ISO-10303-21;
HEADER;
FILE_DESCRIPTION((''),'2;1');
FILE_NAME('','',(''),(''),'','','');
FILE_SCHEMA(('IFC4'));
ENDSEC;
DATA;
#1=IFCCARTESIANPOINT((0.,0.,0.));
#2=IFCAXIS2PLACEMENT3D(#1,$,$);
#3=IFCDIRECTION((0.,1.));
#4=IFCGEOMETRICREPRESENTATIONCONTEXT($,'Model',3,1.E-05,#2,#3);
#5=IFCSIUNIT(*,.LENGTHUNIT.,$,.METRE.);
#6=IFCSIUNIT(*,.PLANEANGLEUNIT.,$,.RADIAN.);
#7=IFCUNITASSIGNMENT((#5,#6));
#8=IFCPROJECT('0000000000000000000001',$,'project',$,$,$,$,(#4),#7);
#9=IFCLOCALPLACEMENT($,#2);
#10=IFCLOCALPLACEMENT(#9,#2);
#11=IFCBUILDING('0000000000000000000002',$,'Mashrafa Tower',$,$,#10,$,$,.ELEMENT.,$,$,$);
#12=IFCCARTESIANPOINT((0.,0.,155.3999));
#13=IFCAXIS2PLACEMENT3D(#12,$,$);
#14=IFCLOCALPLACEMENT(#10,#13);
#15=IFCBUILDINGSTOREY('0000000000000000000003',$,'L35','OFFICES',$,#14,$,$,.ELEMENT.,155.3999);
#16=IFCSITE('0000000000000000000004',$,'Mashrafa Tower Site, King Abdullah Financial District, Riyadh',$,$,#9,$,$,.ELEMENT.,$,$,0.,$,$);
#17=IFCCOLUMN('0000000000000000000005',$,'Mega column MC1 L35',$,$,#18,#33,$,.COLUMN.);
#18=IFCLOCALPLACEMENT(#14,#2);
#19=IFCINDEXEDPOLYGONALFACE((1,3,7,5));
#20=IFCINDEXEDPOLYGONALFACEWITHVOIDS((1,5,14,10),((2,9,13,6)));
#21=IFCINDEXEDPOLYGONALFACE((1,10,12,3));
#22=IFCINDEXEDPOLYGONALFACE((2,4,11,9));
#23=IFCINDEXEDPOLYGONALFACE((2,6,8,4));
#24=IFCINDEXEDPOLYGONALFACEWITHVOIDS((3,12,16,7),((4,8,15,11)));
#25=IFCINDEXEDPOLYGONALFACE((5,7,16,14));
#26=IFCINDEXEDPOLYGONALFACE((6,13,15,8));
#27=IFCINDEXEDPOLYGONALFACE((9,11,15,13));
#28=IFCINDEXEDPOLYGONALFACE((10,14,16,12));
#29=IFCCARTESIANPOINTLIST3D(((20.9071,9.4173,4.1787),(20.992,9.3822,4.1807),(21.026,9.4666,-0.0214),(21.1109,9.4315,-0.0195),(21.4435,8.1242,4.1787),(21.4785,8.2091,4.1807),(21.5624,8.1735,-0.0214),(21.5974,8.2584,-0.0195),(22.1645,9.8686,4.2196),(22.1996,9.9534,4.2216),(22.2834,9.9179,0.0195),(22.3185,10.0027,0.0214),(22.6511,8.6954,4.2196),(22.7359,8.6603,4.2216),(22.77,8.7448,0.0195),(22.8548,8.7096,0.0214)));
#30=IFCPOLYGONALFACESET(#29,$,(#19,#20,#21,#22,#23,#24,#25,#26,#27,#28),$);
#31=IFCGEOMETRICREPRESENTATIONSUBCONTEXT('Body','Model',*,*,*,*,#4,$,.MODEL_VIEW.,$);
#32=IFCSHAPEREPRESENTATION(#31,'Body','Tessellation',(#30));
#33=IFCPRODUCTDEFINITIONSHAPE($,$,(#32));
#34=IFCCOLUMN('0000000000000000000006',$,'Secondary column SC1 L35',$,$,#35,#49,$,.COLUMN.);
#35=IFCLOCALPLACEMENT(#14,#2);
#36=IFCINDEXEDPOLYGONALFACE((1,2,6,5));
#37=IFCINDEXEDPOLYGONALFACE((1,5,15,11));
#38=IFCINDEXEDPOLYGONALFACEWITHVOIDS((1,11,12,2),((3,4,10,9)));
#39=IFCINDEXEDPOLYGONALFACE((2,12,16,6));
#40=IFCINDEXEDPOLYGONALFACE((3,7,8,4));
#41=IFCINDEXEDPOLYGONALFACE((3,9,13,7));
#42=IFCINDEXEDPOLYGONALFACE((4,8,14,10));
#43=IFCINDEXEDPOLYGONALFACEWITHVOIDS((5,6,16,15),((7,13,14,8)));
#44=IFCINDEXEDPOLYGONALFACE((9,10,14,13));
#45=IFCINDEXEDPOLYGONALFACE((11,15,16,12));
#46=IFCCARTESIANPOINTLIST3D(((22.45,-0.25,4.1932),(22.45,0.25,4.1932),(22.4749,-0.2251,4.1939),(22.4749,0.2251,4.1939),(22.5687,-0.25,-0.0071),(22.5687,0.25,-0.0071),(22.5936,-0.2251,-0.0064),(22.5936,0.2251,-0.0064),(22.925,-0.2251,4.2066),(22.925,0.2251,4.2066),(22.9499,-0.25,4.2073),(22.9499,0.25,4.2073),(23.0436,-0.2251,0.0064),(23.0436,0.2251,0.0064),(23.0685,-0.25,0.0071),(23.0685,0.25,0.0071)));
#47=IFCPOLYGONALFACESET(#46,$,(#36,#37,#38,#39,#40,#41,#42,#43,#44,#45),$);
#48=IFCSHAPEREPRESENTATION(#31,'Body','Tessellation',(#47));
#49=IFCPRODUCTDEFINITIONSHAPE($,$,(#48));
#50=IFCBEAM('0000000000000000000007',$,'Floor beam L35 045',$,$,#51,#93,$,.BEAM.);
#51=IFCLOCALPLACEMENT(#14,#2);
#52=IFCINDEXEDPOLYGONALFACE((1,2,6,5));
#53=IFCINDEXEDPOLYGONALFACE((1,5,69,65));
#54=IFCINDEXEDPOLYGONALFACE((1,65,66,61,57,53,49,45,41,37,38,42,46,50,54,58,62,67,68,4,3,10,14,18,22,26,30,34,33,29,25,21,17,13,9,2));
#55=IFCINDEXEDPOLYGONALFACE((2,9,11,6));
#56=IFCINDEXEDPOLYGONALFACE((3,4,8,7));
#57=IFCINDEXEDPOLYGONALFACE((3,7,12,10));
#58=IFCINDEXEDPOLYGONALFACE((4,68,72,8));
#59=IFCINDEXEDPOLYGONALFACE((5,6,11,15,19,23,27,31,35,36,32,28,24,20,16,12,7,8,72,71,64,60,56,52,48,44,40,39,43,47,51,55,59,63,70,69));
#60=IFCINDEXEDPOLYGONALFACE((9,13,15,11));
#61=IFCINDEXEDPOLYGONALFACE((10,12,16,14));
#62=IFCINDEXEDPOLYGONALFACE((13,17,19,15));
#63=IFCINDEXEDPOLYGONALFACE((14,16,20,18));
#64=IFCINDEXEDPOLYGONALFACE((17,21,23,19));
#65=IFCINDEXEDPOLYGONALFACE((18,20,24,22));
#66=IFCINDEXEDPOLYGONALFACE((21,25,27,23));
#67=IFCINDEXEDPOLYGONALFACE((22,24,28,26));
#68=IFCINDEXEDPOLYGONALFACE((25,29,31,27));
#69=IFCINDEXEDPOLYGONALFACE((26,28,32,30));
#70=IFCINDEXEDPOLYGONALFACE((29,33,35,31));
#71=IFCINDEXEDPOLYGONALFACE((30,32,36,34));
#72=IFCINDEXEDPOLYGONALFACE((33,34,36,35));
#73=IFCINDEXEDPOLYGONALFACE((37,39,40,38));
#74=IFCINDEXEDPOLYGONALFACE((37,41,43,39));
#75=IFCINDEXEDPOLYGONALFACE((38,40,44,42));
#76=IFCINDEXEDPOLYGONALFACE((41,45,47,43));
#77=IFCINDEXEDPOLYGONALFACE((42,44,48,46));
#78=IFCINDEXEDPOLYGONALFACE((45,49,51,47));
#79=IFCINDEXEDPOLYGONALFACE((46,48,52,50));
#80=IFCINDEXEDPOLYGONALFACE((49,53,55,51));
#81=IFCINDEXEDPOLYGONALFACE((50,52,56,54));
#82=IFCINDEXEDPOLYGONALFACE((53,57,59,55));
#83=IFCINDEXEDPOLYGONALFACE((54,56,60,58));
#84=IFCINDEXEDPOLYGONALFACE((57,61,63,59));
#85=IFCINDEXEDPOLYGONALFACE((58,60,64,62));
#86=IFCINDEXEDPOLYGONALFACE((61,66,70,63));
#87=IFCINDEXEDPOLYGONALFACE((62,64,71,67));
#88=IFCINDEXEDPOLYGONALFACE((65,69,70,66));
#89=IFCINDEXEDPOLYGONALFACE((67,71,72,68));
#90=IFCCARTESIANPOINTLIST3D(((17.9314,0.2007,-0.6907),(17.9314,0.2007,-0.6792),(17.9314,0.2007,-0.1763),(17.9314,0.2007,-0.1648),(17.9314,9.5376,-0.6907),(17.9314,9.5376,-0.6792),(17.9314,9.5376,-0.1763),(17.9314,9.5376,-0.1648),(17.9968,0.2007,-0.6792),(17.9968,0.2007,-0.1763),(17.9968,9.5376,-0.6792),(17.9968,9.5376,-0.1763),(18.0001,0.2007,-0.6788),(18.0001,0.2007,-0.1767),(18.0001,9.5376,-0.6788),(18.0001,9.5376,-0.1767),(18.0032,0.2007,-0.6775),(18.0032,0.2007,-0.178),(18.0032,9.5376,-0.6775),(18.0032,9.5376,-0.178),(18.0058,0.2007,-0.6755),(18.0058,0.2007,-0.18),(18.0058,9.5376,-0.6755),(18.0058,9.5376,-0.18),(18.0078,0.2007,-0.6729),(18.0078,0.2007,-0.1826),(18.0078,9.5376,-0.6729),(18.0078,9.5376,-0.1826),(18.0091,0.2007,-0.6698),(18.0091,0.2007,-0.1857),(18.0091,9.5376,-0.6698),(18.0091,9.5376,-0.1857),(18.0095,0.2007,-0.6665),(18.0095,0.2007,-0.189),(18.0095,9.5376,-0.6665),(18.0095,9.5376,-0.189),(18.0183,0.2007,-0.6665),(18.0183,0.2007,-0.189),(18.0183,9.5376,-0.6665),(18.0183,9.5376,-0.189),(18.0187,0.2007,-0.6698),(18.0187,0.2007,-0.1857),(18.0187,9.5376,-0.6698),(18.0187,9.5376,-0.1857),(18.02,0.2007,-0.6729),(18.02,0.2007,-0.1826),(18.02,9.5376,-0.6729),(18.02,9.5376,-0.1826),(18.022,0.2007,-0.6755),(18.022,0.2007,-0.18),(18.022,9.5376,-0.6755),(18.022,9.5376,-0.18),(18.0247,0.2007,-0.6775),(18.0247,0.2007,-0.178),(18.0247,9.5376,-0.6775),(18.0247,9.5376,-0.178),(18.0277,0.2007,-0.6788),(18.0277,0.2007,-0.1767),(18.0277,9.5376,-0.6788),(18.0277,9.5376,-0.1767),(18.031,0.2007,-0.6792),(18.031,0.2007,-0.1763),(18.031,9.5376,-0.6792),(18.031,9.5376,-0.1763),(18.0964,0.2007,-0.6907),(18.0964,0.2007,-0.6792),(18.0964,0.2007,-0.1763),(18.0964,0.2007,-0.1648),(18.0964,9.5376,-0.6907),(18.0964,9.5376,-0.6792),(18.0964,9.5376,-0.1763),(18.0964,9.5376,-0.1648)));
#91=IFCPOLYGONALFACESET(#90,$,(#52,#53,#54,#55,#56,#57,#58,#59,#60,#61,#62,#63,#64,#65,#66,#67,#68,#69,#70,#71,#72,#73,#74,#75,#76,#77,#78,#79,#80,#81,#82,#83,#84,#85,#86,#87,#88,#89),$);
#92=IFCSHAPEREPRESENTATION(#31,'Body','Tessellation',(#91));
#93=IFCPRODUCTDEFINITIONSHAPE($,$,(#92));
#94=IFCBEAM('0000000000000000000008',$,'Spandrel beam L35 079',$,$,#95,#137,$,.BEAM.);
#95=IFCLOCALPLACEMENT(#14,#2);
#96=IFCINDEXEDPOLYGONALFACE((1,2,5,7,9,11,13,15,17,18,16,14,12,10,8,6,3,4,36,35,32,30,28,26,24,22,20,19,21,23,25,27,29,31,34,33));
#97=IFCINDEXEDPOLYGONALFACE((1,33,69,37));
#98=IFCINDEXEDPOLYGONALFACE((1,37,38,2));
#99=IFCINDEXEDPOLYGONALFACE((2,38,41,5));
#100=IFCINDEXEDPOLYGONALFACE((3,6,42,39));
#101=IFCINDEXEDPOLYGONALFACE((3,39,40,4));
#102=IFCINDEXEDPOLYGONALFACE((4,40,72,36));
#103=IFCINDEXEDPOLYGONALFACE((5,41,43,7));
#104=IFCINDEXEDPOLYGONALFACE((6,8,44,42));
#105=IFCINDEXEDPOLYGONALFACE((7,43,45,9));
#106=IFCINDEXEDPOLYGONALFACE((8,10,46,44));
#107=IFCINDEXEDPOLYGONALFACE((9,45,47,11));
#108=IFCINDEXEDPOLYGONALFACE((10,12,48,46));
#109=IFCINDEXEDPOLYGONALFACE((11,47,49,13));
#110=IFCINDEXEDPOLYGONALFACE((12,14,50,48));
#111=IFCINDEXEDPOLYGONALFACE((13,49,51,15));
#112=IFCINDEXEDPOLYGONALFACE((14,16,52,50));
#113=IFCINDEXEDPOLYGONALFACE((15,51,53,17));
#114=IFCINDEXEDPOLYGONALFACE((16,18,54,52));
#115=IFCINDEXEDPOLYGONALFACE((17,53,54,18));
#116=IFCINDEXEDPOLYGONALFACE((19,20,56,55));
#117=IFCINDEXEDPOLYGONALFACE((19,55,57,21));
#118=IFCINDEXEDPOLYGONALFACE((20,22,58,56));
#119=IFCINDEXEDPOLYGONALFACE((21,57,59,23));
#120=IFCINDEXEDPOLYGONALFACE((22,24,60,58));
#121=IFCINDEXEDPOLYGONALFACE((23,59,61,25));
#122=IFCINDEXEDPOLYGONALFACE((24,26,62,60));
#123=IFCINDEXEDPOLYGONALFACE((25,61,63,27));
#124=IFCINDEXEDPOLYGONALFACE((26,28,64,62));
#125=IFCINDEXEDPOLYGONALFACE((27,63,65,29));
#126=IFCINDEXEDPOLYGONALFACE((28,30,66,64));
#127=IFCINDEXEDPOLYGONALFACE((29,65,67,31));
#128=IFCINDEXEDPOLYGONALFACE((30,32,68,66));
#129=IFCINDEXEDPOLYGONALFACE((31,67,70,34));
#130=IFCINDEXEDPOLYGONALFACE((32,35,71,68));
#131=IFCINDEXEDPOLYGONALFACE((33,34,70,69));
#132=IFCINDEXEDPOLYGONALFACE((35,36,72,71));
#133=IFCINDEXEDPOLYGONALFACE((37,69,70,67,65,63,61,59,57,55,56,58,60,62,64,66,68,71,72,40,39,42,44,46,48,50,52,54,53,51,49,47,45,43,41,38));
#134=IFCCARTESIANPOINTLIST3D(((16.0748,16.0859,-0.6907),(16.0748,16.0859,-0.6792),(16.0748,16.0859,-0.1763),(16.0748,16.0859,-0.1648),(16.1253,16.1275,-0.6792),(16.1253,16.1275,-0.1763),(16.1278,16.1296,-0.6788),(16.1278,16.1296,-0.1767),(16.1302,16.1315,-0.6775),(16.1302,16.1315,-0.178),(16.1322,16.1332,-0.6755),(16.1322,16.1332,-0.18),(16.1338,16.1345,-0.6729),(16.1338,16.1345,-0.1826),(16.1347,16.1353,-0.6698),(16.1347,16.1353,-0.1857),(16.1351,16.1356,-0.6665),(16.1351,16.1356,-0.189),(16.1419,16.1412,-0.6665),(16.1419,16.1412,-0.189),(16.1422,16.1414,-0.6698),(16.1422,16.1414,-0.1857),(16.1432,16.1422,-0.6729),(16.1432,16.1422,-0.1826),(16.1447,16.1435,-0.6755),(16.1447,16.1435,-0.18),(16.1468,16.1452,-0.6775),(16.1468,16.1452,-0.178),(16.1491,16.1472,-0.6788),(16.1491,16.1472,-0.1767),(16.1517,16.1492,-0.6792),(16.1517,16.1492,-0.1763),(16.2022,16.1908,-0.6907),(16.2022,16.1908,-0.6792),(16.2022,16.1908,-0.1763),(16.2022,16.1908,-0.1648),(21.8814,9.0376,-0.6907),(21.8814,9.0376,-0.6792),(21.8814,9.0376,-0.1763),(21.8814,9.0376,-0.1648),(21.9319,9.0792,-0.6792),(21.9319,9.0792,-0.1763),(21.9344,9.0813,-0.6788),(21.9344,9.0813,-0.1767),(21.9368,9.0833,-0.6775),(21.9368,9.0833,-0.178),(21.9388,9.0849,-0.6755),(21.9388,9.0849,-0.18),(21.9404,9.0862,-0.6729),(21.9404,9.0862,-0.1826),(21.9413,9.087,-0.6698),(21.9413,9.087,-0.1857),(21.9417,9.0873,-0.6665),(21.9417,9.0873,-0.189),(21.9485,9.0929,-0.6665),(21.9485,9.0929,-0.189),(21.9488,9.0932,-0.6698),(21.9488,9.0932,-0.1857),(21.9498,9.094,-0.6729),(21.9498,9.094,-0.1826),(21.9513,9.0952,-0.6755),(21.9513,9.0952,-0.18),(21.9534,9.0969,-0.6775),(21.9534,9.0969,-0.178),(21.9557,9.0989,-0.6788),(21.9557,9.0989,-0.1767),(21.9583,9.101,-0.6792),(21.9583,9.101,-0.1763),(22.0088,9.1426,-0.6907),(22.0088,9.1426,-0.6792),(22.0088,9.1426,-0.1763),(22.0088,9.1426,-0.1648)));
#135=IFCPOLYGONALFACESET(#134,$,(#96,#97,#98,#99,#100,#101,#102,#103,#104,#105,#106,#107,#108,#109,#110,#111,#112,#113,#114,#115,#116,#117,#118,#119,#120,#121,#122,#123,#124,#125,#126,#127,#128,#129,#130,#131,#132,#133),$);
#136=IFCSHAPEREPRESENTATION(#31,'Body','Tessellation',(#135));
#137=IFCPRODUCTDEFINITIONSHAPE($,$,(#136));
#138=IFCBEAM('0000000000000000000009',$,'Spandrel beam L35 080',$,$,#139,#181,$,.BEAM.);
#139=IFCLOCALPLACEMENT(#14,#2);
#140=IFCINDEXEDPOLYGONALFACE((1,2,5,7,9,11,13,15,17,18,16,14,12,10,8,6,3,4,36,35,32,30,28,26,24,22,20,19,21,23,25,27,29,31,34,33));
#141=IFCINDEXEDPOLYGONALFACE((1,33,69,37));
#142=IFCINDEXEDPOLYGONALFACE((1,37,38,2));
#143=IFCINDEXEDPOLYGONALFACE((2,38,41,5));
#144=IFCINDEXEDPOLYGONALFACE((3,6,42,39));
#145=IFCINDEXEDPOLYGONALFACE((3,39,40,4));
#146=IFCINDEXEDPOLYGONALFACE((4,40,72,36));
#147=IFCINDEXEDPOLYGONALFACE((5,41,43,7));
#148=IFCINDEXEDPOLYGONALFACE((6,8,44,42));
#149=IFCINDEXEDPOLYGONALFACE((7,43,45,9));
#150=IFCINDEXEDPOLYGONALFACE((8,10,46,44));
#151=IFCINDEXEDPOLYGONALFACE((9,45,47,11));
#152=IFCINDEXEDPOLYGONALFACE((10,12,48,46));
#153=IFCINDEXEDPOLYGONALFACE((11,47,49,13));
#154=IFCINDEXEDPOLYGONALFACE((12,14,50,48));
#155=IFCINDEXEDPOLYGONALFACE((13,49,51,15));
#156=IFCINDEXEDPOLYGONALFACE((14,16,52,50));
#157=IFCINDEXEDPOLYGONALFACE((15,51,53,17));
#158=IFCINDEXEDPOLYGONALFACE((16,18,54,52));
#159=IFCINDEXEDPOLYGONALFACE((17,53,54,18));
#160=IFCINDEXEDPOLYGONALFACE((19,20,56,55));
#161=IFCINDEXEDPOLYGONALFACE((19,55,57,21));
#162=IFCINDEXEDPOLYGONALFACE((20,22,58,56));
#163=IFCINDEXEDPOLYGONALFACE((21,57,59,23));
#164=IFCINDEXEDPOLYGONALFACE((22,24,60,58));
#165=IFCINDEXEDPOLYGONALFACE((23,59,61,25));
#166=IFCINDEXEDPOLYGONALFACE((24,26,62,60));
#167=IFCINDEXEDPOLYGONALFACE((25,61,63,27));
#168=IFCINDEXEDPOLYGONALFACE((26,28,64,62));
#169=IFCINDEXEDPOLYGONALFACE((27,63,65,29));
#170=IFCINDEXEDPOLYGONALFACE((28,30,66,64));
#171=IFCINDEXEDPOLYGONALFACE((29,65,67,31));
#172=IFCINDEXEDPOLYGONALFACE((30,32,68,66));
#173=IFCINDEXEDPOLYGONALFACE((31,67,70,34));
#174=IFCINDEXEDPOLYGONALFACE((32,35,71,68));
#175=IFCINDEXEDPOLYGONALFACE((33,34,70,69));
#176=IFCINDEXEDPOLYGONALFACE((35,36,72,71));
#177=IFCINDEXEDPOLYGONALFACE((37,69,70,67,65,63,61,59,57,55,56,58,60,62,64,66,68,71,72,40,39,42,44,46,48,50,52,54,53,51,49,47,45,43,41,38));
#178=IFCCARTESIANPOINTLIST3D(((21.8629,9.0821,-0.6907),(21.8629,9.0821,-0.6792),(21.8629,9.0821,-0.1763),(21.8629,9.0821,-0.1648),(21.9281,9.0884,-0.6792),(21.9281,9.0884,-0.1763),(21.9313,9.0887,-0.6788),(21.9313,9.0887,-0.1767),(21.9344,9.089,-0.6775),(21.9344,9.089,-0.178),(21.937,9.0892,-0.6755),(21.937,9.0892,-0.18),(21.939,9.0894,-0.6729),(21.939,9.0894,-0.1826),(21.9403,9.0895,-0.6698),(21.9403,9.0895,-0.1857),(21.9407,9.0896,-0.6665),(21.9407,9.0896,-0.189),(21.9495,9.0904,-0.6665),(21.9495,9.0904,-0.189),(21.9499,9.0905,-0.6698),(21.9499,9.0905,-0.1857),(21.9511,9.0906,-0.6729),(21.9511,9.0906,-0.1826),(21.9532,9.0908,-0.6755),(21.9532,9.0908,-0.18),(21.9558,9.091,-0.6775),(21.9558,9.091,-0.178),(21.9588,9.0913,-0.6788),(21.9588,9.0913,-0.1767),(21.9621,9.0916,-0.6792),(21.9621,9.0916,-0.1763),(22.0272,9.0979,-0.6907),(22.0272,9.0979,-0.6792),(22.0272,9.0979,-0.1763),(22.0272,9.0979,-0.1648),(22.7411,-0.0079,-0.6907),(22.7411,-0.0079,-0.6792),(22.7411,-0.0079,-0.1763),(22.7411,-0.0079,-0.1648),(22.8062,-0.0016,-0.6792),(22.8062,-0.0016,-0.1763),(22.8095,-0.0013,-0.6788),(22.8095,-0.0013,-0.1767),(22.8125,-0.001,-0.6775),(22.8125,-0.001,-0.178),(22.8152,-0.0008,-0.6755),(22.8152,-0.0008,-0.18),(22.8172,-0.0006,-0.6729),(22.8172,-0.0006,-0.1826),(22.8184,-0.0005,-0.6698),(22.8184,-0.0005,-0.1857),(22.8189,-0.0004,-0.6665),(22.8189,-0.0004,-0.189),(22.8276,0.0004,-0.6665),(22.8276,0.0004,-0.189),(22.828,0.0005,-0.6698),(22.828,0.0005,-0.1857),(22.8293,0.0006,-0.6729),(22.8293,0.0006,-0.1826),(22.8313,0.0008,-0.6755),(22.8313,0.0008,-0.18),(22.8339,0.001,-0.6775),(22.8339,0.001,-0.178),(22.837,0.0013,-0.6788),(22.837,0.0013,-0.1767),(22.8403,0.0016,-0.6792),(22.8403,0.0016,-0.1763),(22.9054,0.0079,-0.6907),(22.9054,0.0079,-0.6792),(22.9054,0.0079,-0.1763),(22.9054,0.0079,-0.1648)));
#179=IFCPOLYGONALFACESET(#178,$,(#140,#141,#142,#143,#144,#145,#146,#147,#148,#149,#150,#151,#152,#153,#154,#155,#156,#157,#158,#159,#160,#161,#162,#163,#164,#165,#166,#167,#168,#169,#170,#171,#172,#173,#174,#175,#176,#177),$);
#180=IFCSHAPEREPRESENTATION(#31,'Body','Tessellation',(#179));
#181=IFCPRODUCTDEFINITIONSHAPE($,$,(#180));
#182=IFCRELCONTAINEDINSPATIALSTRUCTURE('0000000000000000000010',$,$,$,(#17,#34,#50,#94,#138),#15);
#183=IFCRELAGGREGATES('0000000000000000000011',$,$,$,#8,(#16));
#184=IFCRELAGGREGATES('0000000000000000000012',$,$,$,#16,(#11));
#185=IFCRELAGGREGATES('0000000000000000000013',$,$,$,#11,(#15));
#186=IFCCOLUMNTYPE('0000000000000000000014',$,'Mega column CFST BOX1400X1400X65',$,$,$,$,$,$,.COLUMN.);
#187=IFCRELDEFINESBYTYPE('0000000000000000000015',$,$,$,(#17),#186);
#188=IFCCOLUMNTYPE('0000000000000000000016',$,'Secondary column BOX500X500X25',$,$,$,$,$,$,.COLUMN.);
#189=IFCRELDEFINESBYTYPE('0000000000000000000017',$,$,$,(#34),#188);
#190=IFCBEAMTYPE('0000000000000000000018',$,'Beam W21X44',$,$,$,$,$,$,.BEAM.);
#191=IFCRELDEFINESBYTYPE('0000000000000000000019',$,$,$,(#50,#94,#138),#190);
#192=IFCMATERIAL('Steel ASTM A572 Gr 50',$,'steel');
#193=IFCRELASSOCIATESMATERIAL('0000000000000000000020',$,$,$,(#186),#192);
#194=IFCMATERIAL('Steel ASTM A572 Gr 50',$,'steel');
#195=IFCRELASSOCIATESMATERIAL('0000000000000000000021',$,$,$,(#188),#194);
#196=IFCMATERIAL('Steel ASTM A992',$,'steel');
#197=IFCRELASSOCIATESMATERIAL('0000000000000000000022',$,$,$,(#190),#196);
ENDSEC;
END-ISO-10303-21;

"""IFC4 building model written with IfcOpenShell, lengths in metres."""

from ifc_helpers import new_model, si_unit, direction, frame, origin, origin_2d, place, context, subcontext, project, spatial, hollow_rectangle, i_section, extrude, material, material_profile, profile_set, type_object, element, save


model = new_model("IFC4")

# Units and contexts
model_context = context("Model", 3, precision=1e-05, world=origin(), true_north=direction((0.0, 1.0)))
body_context = subcontext(model_context, "Body", "Model", "MODEL_VIEW")
ifc_project = project(units=[si_unit("LENGTHUNIT", "METRE"), si_unit("PLANEANGLEUNIT", "RADIAN")], contexts=[model_context])

# Site, building, storey
site_placement = place(None, origin())
site = spatial("IfcSite", under=ifc_project, at=site_placement, Name="Mashrafa Tower Site, King Abdullah Financial District, Riyadh", CompositionType="ELEMENT", RefElevation=0.0)
building_placement = place(site_placement, origin())
building = spatial("IfcBuilding", under=site, at=building_placement, Name="Mashrafa Tower", CompositionType="ELEMENT")
storey_placement = place(building_placement, frame((0.0, 0.0, 155.3999)))
storey = spatial("IfcBuildingStorey", under=building, at=storey_placement, Name="L35", Description="OFFICES", CompositionType="ELEMENT", Elevation=155.3999)

# Columns
ifc_material_1 = material(Name="Steel ASTM A572 Gr 50", Category="steel")
ifc_material_profile_1 = material_profile(ifc_material_1, hollow_rectangle(XDim=1.3999, YDim=1.3999, WallThickness=0.0649, at=origin_2d()), Name="BOX1400X1400X65")
ifc_profile_set_1 = profile_set([ifc_material_profile_1], Name="Steel ASTM A572 Gr 50")
column_type_1 = type_object("IfcColumnType", Name="Mega column CFST BOX1400X1400X65", PredefinedType="COLUMN", material=ifc_profile_set_1)
column_1_placement = place(storey_placement, frame((21.9404, 9.0881, 0.0), z_axis=(-0.028294, -0.011736, 0.999531), x_axis=(0.383133, -0.923693, 0.0)))
element("IfcColumn", 1, at=column_1_placement, inside=storey, type_object=column_type_1, Name="Mega column MC1 L35", PredefinedType="COLUMN", context=body_context, shape_type="SweptSolid", body=[
    extrude(hollow_rectangle(XDim=1.3999, YDim=1.3999, WallThickness=0.0649, at=origin_2d()), origin(), (0.0, 0.0, 1.0), 4.2021),
])
ifc_material_2 = material(Name="Steel ASTM A572 Gr 50", Category="steel")
ifc_material_profile_2 = material_profile(ifc_material_2, hollow_rectangle(XDim=0.5, YDim=0.5, WallThickness=0.0249, at=origin_2d()), Name="BOX500X500X25")
ifc_profile_set_2 = profile_set([ifc_material_profile_2], Name="Steel ASTM A572 Gr 50")
column_type_2 = type_object("IfcColumnType", Name="Secondary column BOX500X500X25", PredefinedType="COLUMN", material=ifc_profile_set_2)
column_2_placement = place(storey_placement, frame((22.8186, 0.0, 0.0), z_axis=(-0.028238, 0.0, 0.999601), x_axis=(0.0, -1.0, 0.0)))
element("IfcColumn", 2, at=column_2_placement, inside=storey, type_object=column_type_2, Name="Secondary column SC1 L35", PredefinedType="COLUMN", context=body_context, shape_type="SweptSolid", body=[
    extrude(hollow_rectangle(XDim=0.5, YDim=0.5, WallThickness=0.0249, at=origin_2d()), origin(), (0.0, 0.0, 1.0), 4.2019),
])

# Beams
ifc_material_3 = material(Name="Steel ASTM A992", Category="steel")
ifc_material_profile_3 = material_profile(ifc_material_3, i_section(OverallWidth=0.165, OverallDepth=0.5259, WebThickness=0.0088, FlangeThickness=0.0115, FilletRadius=0.0127, at=origin_2d()), Name="W21X44")
ifc_profile_set_3 = profile_set([ifc_material_profile_3], Name="Steel ASTM A992")
beam_type_1 = type_object("IfcBeamType", Name="Beam W21X44", PredefinedType="BEAM", material=ifc_profile_set_3)
beam_1_placement = place(storey_placement, frame((18.0139, 9.5376, -0.4277), z_axis=(0.0, -1.0, 0.0), x_axis=(1.0, 0.0, 0.0)))
element("IfcBeam", 3, at=beam_1_placement, inside=storey, type_object=beam_type_1, Name="Floor beam L35 045", PredefinedType="BEAM", context=body_context, shape_type="SweptSolid", body=[
    extrude(i_section(OverallWidth=0.165, OverallDepth=0.5259, WebThickness=0.0088, FlangeThickness=0.0115, FilletRadius=0.0127, at=origin_2d()), origin(), (0.0, 0.0, 1.0), 9.3369),
])
beam_2_placement = place(storey_placement, frame((21.9451, 9.0901, -0.4277), z_axis=(-0.635846, 0.771816, 0.0), x_axis=(-0.771816, -0.635846, 0.0)))
element("IfcBeam", 4, at=beam_2_placement, inside=storey, type_object=beam_type_1, Name="Spandrel beam L35 079", PredefinedType="BEAM", context=body_context, shape_type="SweptSolid", body=[
    extrude(i_section(OverallWidth=0.165, OverallDepth=0.5259, WebThickness=0.0088, FlangeThickness=0.0115, FilletRadius=0.0127, at=origin_2d()), origin(), (0.0, 0.0, 1.0), 9.1321),
])
beam_3_placement = place(storey_placement, frame((22.8232, 0.0, -0.4277), z_axis=(-0.09616, 0.995366, 0.0), x_axis=(-0.995366, -0.09616, 0.0)))
element("IfcBeam", 5, at=beam_3_placement, inside=storey, type_object=beam_type_1, Name="Spandrel beam L35 080", PredefinedType="BEAM", context=body_context, shape_type="SweptSolid", body=[
    extrude(i_section(OverallWidth=0.165, OverallDepth=0.5259, WebThickness=0.0088, FlangeThickness=0.0115, FilletRadius=0.0127, at=origin_2d()), origin(), (0.0, 0.0, 1.0), 9.1323),
])

save(model, "model.ifc")
